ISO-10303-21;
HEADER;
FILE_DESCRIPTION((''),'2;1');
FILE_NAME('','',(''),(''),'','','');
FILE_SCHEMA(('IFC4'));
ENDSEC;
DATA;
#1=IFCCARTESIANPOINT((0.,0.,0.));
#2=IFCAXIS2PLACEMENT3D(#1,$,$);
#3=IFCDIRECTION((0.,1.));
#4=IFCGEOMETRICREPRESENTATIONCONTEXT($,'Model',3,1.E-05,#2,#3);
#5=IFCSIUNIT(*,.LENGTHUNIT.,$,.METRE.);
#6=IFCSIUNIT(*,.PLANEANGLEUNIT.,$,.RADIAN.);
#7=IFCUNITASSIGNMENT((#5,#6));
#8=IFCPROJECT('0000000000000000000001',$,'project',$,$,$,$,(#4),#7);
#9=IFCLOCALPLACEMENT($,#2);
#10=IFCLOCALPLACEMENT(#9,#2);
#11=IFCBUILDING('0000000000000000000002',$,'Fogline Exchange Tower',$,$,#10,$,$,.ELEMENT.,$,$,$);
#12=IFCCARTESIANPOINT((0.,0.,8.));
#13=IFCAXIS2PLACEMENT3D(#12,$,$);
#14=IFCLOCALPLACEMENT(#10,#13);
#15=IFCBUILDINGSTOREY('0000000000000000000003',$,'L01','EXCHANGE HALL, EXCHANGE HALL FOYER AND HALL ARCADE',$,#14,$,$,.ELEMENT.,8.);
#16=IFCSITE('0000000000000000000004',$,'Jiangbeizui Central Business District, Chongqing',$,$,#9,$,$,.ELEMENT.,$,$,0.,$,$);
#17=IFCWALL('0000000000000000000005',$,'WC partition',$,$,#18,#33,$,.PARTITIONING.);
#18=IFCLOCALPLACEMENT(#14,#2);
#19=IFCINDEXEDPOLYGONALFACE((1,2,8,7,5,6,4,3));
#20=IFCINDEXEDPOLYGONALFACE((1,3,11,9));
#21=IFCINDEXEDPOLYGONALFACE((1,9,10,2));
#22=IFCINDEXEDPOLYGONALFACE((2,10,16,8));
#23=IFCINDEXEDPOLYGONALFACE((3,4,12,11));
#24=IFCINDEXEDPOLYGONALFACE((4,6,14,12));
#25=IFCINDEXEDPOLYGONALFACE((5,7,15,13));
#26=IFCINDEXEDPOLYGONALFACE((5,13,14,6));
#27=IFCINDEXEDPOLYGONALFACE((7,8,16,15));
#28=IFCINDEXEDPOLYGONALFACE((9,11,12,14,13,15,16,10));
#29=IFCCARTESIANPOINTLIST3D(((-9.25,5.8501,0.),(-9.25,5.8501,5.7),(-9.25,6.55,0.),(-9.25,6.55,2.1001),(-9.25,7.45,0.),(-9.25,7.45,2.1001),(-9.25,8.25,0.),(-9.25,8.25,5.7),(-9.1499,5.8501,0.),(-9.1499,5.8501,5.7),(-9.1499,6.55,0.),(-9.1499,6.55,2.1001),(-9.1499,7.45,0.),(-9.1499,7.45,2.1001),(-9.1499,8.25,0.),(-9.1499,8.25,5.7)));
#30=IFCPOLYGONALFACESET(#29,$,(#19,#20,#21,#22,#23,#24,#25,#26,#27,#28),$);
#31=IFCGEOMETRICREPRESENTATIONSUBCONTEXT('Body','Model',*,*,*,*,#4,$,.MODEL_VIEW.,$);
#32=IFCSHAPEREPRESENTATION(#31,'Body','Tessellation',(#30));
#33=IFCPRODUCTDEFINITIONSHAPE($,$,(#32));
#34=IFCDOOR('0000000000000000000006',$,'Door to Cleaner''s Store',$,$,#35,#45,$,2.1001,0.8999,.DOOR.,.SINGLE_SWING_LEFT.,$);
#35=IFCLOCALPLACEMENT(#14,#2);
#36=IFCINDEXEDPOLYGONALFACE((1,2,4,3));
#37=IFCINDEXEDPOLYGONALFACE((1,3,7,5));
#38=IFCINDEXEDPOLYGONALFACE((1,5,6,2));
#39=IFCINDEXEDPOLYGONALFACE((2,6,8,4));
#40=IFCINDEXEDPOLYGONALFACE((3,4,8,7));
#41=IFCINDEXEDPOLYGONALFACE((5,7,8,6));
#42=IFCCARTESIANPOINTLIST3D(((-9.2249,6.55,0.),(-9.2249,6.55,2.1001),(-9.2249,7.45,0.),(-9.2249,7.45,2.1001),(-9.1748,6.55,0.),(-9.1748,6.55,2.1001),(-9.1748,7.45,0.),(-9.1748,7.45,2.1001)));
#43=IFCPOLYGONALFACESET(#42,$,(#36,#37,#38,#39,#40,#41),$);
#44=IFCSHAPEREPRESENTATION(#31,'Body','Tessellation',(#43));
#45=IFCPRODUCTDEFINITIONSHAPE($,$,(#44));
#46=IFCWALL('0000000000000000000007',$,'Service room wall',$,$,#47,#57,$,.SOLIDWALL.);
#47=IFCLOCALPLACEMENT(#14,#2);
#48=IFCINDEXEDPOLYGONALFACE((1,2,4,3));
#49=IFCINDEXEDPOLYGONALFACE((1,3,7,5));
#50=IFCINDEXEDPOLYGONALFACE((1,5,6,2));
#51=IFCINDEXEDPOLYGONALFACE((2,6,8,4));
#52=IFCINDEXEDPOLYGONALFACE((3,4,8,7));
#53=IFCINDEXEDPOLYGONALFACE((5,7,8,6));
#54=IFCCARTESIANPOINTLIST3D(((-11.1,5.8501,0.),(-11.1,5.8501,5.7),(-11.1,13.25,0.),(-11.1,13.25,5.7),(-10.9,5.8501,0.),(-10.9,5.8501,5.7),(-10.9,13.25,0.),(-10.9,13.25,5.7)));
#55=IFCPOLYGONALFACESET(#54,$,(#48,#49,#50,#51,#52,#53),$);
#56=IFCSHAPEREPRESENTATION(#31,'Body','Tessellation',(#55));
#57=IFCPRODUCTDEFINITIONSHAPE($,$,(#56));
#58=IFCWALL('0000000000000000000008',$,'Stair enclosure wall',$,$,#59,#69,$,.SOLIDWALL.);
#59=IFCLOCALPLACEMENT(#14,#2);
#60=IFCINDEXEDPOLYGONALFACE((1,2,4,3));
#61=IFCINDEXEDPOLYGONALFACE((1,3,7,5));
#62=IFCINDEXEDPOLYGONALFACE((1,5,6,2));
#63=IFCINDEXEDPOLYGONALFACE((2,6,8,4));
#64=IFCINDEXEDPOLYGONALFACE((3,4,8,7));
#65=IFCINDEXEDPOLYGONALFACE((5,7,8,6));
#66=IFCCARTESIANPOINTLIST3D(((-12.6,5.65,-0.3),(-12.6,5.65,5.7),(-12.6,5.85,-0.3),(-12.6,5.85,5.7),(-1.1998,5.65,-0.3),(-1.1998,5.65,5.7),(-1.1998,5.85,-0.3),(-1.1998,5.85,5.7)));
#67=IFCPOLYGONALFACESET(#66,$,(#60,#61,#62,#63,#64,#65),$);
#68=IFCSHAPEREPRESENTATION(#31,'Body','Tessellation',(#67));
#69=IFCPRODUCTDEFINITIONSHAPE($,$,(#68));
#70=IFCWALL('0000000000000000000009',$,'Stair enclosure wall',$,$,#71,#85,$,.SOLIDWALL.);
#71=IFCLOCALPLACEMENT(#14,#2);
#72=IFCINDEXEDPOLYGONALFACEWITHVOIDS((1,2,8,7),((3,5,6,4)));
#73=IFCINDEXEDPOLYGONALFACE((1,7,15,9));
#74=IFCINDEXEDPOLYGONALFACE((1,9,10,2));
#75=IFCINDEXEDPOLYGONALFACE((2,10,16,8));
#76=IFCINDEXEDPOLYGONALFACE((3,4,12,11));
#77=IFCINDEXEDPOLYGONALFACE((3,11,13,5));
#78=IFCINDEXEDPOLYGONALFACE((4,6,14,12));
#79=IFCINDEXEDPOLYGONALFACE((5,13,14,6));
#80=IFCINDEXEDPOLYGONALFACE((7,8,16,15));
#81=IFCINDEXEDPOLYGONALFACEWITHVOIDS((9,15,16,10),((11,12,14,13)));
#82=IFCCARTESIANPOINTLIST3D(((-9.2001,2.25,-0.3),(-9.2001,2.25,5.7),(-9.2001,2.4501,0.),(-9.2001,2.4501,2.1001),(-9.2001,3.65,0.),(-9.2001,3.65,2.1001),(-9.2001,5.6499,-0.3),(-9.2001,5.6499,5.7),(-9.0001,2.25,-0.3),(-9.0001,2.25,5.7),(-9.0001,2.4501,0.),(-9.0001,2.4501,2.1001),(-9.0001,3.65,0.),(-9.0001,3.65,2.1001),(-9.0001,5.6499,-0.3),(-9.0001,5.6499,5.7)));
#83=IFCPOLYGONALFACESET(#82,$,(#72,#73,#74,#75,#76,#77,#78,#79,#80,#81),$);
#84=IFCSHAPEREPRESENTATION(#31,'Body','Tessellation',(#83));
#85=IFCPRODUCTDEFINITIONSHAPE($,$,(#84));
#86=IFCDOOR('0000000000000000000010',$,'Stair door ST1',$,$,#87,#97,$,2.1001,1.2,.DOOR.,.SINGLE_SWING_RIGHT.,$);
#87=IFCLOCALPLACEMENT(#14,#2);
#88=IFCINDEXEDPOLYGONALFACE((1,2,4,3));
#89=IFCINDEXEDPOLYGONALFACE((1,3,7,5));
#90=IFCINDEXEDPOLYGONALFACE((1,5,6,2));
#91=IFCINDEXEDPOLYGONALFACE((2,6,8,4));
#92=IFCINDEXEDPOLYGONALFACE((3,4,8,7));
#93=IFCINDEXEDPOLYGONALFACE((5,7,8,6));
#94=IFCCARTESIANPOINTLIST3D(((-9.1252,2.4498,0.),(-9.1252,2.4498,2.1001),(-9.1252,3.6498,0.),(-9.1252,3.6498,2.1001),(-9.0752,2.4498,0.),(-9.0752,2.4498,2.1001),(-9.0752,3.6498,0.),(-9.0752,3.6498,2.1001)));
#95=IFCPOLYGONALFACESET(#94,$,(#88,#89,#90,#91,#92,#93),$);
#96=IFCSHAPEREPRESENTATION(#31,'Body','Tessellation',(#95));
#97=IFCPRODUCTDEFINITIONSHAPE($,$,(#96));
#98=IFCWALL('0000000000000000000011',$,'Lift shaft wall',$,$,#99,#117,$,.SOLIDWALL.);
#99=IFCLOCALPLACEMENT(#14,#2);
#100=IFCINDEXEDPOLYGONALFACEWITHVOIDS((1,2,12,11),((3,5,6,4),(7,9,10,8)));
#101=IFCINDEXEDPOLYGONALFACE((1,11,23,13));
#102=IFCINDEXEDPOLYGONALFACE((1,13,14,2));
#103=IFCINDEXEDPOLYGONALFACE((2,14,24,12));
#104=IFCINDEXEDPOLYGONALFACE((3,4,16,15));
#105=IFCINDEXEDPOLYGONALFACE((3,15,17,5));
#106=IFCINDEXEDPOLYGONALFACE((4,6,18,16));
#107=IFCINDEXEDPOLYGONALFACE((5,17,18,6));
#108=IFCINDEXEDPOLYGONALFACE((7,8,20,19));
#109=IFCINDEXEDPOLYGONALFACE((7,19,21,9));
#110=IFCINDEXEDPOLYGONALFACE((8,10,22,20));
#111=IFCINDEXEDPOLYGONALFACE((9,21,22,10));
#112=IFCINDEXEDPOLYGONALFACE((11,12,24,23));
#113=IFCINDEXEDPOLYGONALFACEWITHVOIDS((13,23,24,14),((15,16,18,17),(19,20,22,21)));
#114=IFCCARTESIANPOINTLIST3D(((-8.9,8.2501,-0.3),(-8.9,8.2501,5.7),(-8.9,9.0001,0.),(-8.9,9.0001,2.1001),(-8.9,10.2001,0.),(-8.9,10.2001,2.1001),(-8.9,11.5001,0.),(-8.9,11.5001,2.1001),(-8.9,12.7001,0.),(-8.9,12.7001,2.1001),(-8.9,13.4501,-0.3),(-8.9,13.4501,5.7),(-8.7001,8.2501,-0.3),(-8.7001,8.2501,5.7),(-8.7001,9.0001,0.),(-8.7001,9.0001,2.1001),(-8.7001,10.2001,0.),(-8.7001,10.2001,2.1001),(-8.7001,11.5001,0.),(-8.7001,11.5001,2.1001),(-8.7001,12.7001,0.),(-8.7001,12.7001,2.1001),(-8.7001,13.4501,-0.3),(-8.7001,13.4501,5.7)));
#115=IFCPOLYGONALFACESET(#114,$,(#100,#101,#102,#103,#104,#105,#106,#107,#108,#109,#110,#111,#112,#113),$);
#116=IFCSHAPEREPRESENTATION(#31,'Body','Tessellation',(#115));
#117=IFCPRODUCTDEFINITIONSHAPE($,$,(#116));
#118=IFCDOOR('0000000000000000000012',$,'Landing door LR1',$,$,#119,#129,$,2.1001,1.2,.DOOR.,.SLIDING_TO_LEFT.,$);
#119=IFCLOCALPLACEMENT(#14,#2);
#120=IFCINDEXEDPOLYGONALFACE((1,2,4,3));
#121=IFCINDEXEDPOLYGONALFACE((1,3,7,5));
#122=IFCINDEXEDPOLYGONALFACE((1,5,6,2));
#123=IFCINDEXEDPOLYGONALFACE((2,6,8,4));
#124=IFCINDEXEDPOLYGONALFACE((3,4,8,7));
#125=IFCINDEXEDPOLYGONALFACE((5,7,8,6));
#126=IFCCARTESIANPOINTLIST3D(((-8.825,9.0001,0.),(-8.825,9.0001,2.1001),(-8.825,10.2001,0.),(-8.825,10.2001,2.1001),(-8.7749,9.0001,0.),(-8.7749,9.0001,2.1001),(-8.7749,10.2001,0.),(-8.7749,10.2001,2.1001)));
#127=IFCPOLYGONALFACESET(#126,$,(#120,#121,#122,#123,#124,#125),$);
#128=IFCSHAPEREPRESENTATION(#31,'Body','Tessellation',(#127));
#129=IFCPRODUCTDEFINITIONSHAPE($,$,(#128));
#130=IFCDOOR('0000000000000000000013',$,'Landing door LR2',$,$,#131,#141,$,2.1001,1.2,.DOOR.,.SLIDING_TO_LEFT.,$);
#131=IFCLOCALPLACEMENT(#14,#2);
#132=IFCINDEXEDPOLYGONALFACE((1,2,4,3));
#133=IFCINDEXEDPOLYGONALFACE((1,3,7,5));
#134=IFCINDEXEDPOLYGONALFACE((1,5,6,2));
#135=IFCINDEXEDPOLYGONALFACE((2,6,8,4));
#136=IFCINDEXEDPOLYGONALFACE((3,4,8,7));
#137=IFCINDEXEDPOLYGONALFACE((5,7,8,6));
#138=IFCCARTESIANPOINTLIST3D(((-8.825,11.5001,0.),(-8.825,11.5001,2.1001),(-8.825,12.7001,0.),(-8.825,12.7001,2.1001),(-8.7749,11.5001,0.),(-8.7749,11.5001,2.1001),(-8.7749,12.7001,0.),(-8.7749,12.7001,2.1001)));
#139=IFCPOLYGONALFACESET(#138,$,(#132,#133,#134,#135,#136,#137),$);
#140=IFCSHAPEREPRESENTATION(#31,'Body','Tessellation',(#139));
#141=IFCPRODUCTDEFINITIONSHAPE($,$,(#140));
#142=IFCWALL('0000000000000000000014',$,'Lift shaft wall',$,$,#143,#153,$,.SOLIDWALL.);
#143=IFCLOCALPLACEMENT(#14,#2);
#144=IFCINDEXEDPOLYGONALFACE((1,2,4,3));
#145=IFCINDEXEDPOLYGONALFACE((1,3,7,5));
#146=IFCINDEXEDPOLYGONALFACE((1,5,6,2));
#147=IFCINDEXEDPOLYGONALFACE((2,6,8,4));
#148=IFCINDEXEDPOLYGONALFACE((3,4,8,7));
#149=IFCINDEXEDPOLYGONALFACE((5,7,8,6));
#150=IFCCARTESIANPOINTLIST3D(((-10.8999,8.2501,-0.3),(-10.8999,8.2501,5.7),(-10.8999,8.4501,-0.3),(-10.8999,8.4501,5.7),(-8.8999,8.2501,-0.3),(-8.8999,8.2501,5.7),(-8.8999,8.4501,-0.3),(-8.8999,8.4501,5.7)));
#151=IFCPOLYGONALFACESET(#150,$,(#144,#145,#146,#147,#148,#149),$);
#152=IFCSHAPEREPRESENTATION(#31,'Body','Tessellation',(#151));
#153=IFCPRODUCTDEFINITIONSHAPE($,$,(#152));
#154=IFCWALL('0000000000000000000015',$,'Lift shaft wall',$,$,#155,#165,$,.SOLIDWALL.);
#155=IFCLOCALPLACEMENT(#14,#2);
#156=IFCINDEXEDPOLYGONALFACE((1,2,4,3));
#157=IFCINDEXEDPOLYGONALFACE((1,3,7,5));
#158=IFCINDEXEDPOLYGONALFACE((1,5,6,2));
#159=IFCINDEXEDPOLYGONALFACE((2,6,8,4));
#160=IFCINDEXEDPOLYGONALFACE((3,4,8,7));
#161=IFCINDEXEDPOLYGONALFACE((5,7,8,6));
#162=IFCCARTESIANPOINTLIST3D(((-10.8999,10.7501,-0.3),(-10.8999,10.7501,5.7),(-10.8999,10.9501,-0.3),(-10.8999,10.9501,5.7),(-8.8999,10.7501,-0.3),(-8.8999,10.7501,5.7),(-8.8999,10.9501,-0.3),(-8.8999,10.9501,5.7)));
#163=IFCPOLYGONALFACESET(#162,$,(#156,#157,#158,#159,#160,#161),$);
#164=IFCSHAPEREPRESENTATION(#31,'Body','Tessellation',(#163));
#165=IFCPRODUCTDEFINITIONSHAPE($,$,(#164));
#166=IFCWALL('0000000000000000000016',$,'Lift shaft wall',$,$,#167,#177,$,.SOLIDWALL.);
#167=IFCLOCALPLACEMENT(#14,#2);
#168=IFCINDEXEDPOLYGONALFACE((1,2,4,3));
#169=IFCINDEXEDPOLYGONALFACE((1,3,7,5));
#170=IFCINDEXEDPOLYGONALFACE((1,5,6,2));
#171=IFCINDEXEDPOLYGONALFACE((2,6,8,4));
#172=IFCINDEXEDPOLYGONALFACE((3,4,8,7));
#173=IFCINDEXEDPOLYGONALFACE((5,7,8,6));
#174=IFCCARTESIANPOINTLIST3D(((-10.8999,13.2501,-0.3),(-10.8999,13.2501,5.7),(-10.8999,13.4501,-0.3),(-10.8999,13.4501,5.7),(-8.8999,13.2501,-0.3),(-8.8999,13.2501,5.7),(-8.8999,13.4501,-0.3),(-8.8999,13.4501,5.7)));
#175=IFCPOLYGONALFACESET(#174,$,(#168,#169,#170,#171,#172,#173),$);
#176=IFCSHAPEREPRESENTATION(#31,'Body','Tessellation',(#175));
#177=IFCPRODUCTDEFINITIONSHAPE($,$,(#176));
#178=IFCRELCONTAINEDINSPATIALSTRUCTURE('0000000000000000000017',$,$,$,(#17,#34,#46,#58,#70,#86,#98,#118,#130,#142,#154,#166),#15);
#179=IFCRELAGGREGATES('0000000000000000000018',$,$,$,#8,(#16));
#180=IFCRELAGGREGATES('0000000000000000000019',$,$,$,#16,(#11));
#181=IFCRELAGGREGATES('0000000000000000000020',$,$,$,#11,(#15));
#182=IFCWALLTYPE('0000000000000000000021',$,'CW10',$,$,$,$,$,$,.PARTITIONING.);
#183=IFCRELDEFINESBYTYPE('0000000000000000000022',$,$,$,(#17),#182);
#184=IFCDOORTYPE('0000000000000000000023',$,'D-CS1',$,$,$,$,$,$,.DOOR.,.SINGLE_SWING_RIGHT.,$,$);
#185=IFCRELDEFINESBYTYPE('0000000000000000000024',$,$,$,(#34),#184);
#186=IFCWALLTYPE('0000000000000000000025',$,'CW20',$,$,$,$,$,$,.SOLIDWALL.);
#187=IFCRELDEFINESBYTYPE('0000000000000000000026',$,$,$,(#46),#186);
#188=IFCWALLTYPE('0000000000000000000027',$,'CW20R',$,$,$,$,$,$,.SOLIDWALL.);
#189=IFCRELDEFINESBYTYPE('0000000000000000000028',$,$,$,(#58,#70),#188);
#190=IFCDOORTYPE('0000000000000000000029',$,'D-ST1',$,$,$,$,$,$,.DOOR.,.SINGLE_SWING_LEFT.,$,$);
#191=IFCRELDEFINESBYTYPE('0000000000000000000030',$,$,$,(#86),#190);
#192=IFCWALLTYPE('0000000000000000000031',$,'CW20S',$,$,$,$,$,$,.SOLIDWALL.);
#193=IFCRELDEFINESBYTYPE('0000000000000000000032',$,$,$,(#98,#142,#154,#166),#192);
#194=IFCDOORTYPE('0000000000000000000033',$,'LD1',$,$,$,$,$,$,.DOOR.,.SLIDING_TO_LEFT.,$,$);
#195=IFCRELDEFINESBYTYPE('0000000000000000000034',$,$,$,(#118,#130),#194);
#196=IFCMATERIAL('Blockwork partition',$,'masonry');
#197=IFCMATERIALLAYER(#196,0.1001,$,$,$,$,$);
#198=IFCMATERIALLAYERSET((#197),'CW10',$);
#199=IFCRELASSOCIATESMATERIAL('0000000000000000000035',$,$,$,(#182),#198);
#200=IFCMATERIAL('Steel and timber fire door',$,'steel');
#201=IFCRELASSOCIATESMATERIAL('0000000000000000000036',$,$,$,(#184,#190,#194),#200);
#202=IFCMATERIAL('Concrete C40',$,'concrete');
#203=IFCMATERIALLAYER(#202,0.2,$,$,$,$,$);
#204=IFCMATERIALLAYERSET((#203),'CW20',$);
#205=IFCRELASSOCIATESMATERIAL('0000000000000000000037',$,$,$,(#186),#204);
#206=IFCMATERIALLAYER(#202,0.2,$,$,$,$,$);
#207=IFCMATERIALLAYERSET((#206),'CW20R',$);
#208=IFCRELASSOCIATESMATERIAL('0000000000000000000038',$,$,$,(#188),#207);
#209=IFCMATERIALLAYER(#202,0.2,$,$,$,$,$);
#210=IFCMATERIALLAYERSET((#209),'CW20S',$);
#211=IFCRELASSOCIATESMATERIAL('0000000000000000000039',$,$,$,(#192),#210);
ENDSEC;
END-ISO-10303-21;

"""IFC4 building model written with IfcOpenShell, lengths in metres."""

from ifc_helpers import new_model, si_unit, direction, frame, frame_2d, origin, place, context, subcontext, project, spatial, rectangle, extrude, material, layer, layer_set, type_object, element, fill, save


model = new_model("IFC4")

# Units and contexts
model_context = context("Model", 3, precision=1e-05, world=origin(), true_north=direction((0.0, 1.0)))
body_context = subcontext(model_context, "Body", "Model", "MODEL_VIEW")
ifc_project = project(units=[si_unit("LENGTHUNIT", "METRE"), si_unit("PLANEANGLEUNIT", "RADIAN")], contexts=[model_context])

# Site, building, storey
site_placement = place(None, origin())
site = spatial("IfcSite", under=ifc_project, at=site_placement, Name="Jiangbeizui Central Business District, Chongqing", CompositionType="ELEMENT", RefElevation=0.0)
building_placement = place(site_placement, origin())
building = spatial("IfcBuilding", under=site, at=building_placement, Name="Fogline Exchange Tower", CompositionType="ELEMENT")
storey_placement = place(building_placement, frame((0.0, 0.0, 8.0)))
storey = spatial("IfcBuildingStorey", under=building, at=storey_placement, Name="L01", Description="EXCHANGE HALL, EXCHANGE HALL FOYER AND HALL ARCADE", CompositionType="ELEMENT", Elevation=8.0)

# Wall, opening, door
ifc_material_1 = material(Name="Blockwork partition", Category="masonry")
ifc_layer_1 = layer(ifc_material_1, 0.1001)
ifc_layer_set_1 = layer_set([ifc_layer_1], Name="CW10")
wall_type_1 = type_object("IfcWallType", Name="CW10", PredefinedType="PARTITIONING", material=ifc_layer_set_1)
wall_1_placement = place(storey_placement, frame((-9.2, 5.8501, 0.0), z_axis=(0.0, 0.0, 1.0), x_axis=(0.0, 1.0, 0.0)))
wall_1 = element("IfcWall", 1, at=wall_1_placement, inside=storey, type_object=wall_type_1, Name="WC partition", PredefinedType="PARTITIONING", context=body_context, shape_type="SweptSolid", body=[
    extrude(rectangle(XDim=2.3999, YDim=0.1001, at=frame_2d((1.2, 0.0))), origin(), (0.0, 0.0, 1.0), 5.7),
])
opening_1_placement = place(wall_1_placement, frame((0.7, 0.0, 0.0)))
opening_1 = element("IfcOpeningElement", 2, at=opening_1_placement, cuts=wall_1, PredefinedType="OPENING", context=body_context, shape_type="SweptSolid", body=[
    extrude(rectangle(XDim=0.8999, YDim=2.1001, at=frame_2d((0.45, 1.05))), frame((0.0, 0.0601, 0.0), z_axis=(0.0, -1.0, 0.0), x_axis=(1.0, 0.0, 0.0)), (0.0, 0.0, 1.0), 0.1201),
])
ifc_material_2 = material(Name="Steel and timber fire door", Category="steel")
door_type_1 = type_object("IfcDoorType", Name="D-CS1", OperationType="SINGLE_SWING_RIGHT", PredefinedType="DOOR", material=ifc_material_2)
door_1_placement = place(opening_1_placement, origin())
door_1 = element("IfcDoor", 3, at=door_1_placement, inside=storey, type_object=door_type_1, Name="Door to Cleaner's Store", OperationType="SINGLE_SWING_LEFT", OverallHeight=2.1001, OverallWidth=0.8999, PredefinedType="DOOR", context=body_context, shape_type="SweptSolid", body=[
    extrude(rectangle(XDim=0.8999, YDim=2.1001, at=frame_2d((0.45, 1.05))), frame((0.0, 0.0249, 0.0), z_axis=(0.0, -1.0, 0.0), x_axis=(1.0, 0.0, 0.0)), (0.0, 0.0, 1.0), 0.05),
])
fill(opening_1, door_1)

# Walls
ifc_material_3 = material(Name="Concrete C40", Category="concrete")
ifc_layer_2 = layer(ifc_material_3, 0.2)
ifc_layer_set_2 = layer_set([ifc_layer_2], Name="CW20")
wall_type_2 = type_object("IfcWallType", Name="CW20", PredefinedType="SOLIDWALL", material=ifc_layer_set_2)
wall_2_placement = place(storey_placement, frame((-11.0, 5.8501, 0.0), z_axis=(0.0, 0.0, 1.0), x_axis=(0.0, 1.0, 0.0)))
element("IfcWall", 4, at=wall_2_placement, inside=storey, type_object=wall_type_2, Name="Service room wall", PredefinedType="SOLIDWALL", context=body_context, shape_type="SweptSolid", body=[
    extrude(rectangle(XDim=7.3999, YDim=0.2, at=frame_2d((3.7, 0.0))), origin(), (0.0, 0.0, 1.0), 5.7),
])
ifc_layer_3 = layer(ifc_material_3, 0.2)
ifc_layer_set_3 = layer_set([ifc_layer_3], Name="CW20R")
wall_type_3 = type_object("IfcWallType", Name="CW20R", PredefinedType="SOLIDWALL", material=ifc_layer_set_3)
wall_3_placement = place(storey_placement, frame((-12.6001, 5.75, -0.3), z_axis=(0.0, 0.0, 1.0), x_axis=(1.0, 0.0, 0.0)))
element("IfcWall", 5, at=wall_3_placement, inside=storey, type_object=wall_type_3, Name="Stair enclosure wall", PredefinedType="SOLIDWALL", context=body_context, shape_type="SweptSolid", body=[
    extrude(rectangle(XDim=11.4001, YDim=0.2, at=frame_2d((5.7002, 0.0))), origin(), (0.0, 0.0, 1.0), 6.0),
])

# Wall, opening, door
wall_4_placement = place(storey_placement, frame((-9.1001, 2.25, -0.3), z_axis=(0.0, 0.0, 1.0), x_axis=(0.0, 1.0, 0.0)))
wall_4 = element("IfcWall", 6, at=wall_4_placement, inside=storey, type_object=wall_type_3, Name="Stair enclosure wall", PredefinedType="SOLIDWALL", context=body_context, shape_type="SweptSolid", body=[
    extrude(rectangle(XDim=3.3999, YDim=0.2, at=frame_2d((1.7, 0.0))), origin(), (0.0, 0.0, 1.0), 6.0),
])
opening_2_placement = place(wall_4_placement, frame((0.2, 0.0, 0.3)))
opening_2 = element("IfcOpeningElement", 7, at=opening_2_placement, cuts=wall_4, PredefinedType="OPENING", context=body_context, shape_type="SweptSolid", body=[
    extrude(rectangle(XDim=1.2, YDim=2.1001, at=frame_2d((0.6001, 1.05))), frame((0.0, 0.1099, 0.0), z_axis=(0.0, -1.0, 0.0), x_axis=(1.0, 0.0, 0.0)), (0.0, 0.0, 1.0), 0.22),
])
door_type_2 = type_object("IfcDoorType", Name="D-ST1", OperationType="SINGLE_SWING_LEFT", PredefinedType="DOOR", material=ifc_material_2)
door_2_placement = place(opening_2_placement, frame((1.2, 0.0, 0.0), z_axis=(0.0, 0.0, 1.0), x_axis=(-1.0, 0.0, 0.0)))
door_2 = element("IfcDoor", 8, at=door_2_placement, inside=storey, type_object=door_type_2, Name="Stair door ST1", OperationType="SINGLE_SWING_RIGHT", OverallHeight=2.1001, OverallWidth=1.2, PredefinedType="DOOR", context=body_context, shape_type="SweptSolid", body=[
    extrude(rectangle(XDim=1.2, YDim=2.1001, at=frame_2d((0.6001, 1.05))), frame((0.0, 0.0249, 0.0), z_axis=(0.0, -1.0, 0.0), x_axis=(1.0, 0.0, 0.0)), (0.0, 0.0, 1.0), 0.05),
])
fill(opening_2, door_2)

# Wall, openings, doors
ifc_layer_4 = layer(ifc_material_3, 0.2)
ifc_layer_set_4 = layer_set([ifc_layer_4], Name="CW20S")
wall_type_4 = type_object("IfcWallType", Name="CW20S", PredefinedType="SOLIDWALL", material=ifc_layer_set_4)
wall_5_placement = place(storey_placement, frame((-8.8, 8.25, -0.3), z_axis=(0.0, 0.0, 1.0), x_axis=(0.0, 1.0, 0.0)))
wall_5 = element("IfcWall", 9, at=wall_5_placement, inside=storey, type_object=wall_type_4, Name="Lift shaft wall", PredefinedType="SOLIDWALL", context=body_context, shape_type="SweptSolid", body=[
    extrude(rectangle(XDim=5.2, YDim=0.2, at=frame_2d((2.6001, 0.0))), origin(), (0.0, 0.0, 1.0), 6.0),
])
opening_3_placement = place(wall_5_placement, frame((0.75, 0.0, 0.3)))
opening_3 = element("IfcOpeningElement", 10, at=opening_3_placement, cuts=wall_5, PredefinedType="OPENING", context=body_context, shape_type="SweptSolid", body=[
    extrude(rectangle(XDim=1.2, YDim=2.1001, at=frame_2d((0.6001, 1.05))), frame((0.0, 0.1099, 0.0), z_axis=(0.0, -1.0, 0.0), x_axis=(1.0, 0.0, 0.0)), (0.0, 0.0, 1.0), 0.22),
])
opening_4_placement = place(wall_5_placement, frame((3.25, 0.0, 0.3)))
opening_4 = element("IfcOpeningElement", 11, at=opening_4_placement, cuts=wall_5, PredefinedType="OPENING", context=body_context, shape_type="SweptSolid", body=[
    extrude(rectangle(XDim=1.2, YDim=2.1001, at=frame_2d((0.6001, 1.05))), frame((0.0, 0.1099, 0.0), z_axis=(0.0, -1.0, 0.0), x_axis=(1.0, 0.0, 0.0)), (0.0, 0.0, 1.0), 0.22),
])
door_type_3 = type_object("IfcDoorType", Name="LD1", OperationType="SLIDING_TO_LEFT", PredefinedType="DOOR", material=ifc_material_2)
door_3_placement = place(opening_3_placement, origin())
door_3 = element("IfcDoor", 12, at=door_3_placement, inside=storey, type_object=door_type_3, Name="Landing door LR1", OperationType="SLIDING_TO_LEFT", OverallHeight=2.1001, OverallWidth=1.2, PredefinedType="DOOR", context=body_context, shape_type="SweptSolid", body=[
    extrude(rectangle(XDim=1.2, YDim=2.1001, at=frame_2d((0.6001, 1.05))), frame((0.0, 0.0249, 0.0), z_axis=(0.0, -1.0, 0.0), x_axis=(1.0, 0.0, 0.0)), (0.0, 0.0, 1.0), 0.05),
])
fill(opening_3, door_3)
door_4_placement = place(opening_4_placement, origin())
door_4 = element("IfcDoor", 13, at=door_4_placement, inside=storey, type_object=door_type_3, Name="Landing door LR2", OperationType="SLIDING_TO_LEFT", OverallHeight=2.1001, OverallWidth=1.2, PredefinedType="DOOR", context=body_context, shape_type="SweptSolid", body=[
    extrude(rectangle(XDim=1.2, YDim=2.1001, at=frame_2d((0.6001, 1.05))), frame((0.0, 0.0249, 0.0), z_axis=(0.0, -1.0, 0.0), x_axis=(1.0, 0.0, 0.0)), (0.0, 0.0, 1.0), 0.05),
])
fill(opening_4, door_4)

# Walls
for number, where, z_axis, x_axis, name in (
    (14, (-10.8999, 8.3501, -0.3), (0.0, 0.0, 1.0), (1.0, 0.0, 0.0), "Lift shaft wall"),
    (15, (-10.8999, 10.8501, -0.3), (0.0, 0.0, 1.0), (1.0, 0.0, 0.0), "Lift shaft wall"),
    (16, (-10.8999, 13.3501, -0.3), (0.0, 0.0, 1.0), (1.0, 0.0, 0.0), "Lift shaft wall"),
):
    element("IfcWall", number, at=place(storey_placement, frame(where, z_axis=z_axis, x_axis=x_axis)), inside=storey, type_object=wall_type_4, Name=name, PredefinedType="SOLIDWALL", context=body_context, shape_type="SweptSolid", body=[
        extrude(rectangle(XDim=2.0, YDim=0.2, at=frame_2d((1.0, 0.0))), origin(), (0.0, 0.0, 1.0), 6.0),
    ])

save(model, "model.ifc")
